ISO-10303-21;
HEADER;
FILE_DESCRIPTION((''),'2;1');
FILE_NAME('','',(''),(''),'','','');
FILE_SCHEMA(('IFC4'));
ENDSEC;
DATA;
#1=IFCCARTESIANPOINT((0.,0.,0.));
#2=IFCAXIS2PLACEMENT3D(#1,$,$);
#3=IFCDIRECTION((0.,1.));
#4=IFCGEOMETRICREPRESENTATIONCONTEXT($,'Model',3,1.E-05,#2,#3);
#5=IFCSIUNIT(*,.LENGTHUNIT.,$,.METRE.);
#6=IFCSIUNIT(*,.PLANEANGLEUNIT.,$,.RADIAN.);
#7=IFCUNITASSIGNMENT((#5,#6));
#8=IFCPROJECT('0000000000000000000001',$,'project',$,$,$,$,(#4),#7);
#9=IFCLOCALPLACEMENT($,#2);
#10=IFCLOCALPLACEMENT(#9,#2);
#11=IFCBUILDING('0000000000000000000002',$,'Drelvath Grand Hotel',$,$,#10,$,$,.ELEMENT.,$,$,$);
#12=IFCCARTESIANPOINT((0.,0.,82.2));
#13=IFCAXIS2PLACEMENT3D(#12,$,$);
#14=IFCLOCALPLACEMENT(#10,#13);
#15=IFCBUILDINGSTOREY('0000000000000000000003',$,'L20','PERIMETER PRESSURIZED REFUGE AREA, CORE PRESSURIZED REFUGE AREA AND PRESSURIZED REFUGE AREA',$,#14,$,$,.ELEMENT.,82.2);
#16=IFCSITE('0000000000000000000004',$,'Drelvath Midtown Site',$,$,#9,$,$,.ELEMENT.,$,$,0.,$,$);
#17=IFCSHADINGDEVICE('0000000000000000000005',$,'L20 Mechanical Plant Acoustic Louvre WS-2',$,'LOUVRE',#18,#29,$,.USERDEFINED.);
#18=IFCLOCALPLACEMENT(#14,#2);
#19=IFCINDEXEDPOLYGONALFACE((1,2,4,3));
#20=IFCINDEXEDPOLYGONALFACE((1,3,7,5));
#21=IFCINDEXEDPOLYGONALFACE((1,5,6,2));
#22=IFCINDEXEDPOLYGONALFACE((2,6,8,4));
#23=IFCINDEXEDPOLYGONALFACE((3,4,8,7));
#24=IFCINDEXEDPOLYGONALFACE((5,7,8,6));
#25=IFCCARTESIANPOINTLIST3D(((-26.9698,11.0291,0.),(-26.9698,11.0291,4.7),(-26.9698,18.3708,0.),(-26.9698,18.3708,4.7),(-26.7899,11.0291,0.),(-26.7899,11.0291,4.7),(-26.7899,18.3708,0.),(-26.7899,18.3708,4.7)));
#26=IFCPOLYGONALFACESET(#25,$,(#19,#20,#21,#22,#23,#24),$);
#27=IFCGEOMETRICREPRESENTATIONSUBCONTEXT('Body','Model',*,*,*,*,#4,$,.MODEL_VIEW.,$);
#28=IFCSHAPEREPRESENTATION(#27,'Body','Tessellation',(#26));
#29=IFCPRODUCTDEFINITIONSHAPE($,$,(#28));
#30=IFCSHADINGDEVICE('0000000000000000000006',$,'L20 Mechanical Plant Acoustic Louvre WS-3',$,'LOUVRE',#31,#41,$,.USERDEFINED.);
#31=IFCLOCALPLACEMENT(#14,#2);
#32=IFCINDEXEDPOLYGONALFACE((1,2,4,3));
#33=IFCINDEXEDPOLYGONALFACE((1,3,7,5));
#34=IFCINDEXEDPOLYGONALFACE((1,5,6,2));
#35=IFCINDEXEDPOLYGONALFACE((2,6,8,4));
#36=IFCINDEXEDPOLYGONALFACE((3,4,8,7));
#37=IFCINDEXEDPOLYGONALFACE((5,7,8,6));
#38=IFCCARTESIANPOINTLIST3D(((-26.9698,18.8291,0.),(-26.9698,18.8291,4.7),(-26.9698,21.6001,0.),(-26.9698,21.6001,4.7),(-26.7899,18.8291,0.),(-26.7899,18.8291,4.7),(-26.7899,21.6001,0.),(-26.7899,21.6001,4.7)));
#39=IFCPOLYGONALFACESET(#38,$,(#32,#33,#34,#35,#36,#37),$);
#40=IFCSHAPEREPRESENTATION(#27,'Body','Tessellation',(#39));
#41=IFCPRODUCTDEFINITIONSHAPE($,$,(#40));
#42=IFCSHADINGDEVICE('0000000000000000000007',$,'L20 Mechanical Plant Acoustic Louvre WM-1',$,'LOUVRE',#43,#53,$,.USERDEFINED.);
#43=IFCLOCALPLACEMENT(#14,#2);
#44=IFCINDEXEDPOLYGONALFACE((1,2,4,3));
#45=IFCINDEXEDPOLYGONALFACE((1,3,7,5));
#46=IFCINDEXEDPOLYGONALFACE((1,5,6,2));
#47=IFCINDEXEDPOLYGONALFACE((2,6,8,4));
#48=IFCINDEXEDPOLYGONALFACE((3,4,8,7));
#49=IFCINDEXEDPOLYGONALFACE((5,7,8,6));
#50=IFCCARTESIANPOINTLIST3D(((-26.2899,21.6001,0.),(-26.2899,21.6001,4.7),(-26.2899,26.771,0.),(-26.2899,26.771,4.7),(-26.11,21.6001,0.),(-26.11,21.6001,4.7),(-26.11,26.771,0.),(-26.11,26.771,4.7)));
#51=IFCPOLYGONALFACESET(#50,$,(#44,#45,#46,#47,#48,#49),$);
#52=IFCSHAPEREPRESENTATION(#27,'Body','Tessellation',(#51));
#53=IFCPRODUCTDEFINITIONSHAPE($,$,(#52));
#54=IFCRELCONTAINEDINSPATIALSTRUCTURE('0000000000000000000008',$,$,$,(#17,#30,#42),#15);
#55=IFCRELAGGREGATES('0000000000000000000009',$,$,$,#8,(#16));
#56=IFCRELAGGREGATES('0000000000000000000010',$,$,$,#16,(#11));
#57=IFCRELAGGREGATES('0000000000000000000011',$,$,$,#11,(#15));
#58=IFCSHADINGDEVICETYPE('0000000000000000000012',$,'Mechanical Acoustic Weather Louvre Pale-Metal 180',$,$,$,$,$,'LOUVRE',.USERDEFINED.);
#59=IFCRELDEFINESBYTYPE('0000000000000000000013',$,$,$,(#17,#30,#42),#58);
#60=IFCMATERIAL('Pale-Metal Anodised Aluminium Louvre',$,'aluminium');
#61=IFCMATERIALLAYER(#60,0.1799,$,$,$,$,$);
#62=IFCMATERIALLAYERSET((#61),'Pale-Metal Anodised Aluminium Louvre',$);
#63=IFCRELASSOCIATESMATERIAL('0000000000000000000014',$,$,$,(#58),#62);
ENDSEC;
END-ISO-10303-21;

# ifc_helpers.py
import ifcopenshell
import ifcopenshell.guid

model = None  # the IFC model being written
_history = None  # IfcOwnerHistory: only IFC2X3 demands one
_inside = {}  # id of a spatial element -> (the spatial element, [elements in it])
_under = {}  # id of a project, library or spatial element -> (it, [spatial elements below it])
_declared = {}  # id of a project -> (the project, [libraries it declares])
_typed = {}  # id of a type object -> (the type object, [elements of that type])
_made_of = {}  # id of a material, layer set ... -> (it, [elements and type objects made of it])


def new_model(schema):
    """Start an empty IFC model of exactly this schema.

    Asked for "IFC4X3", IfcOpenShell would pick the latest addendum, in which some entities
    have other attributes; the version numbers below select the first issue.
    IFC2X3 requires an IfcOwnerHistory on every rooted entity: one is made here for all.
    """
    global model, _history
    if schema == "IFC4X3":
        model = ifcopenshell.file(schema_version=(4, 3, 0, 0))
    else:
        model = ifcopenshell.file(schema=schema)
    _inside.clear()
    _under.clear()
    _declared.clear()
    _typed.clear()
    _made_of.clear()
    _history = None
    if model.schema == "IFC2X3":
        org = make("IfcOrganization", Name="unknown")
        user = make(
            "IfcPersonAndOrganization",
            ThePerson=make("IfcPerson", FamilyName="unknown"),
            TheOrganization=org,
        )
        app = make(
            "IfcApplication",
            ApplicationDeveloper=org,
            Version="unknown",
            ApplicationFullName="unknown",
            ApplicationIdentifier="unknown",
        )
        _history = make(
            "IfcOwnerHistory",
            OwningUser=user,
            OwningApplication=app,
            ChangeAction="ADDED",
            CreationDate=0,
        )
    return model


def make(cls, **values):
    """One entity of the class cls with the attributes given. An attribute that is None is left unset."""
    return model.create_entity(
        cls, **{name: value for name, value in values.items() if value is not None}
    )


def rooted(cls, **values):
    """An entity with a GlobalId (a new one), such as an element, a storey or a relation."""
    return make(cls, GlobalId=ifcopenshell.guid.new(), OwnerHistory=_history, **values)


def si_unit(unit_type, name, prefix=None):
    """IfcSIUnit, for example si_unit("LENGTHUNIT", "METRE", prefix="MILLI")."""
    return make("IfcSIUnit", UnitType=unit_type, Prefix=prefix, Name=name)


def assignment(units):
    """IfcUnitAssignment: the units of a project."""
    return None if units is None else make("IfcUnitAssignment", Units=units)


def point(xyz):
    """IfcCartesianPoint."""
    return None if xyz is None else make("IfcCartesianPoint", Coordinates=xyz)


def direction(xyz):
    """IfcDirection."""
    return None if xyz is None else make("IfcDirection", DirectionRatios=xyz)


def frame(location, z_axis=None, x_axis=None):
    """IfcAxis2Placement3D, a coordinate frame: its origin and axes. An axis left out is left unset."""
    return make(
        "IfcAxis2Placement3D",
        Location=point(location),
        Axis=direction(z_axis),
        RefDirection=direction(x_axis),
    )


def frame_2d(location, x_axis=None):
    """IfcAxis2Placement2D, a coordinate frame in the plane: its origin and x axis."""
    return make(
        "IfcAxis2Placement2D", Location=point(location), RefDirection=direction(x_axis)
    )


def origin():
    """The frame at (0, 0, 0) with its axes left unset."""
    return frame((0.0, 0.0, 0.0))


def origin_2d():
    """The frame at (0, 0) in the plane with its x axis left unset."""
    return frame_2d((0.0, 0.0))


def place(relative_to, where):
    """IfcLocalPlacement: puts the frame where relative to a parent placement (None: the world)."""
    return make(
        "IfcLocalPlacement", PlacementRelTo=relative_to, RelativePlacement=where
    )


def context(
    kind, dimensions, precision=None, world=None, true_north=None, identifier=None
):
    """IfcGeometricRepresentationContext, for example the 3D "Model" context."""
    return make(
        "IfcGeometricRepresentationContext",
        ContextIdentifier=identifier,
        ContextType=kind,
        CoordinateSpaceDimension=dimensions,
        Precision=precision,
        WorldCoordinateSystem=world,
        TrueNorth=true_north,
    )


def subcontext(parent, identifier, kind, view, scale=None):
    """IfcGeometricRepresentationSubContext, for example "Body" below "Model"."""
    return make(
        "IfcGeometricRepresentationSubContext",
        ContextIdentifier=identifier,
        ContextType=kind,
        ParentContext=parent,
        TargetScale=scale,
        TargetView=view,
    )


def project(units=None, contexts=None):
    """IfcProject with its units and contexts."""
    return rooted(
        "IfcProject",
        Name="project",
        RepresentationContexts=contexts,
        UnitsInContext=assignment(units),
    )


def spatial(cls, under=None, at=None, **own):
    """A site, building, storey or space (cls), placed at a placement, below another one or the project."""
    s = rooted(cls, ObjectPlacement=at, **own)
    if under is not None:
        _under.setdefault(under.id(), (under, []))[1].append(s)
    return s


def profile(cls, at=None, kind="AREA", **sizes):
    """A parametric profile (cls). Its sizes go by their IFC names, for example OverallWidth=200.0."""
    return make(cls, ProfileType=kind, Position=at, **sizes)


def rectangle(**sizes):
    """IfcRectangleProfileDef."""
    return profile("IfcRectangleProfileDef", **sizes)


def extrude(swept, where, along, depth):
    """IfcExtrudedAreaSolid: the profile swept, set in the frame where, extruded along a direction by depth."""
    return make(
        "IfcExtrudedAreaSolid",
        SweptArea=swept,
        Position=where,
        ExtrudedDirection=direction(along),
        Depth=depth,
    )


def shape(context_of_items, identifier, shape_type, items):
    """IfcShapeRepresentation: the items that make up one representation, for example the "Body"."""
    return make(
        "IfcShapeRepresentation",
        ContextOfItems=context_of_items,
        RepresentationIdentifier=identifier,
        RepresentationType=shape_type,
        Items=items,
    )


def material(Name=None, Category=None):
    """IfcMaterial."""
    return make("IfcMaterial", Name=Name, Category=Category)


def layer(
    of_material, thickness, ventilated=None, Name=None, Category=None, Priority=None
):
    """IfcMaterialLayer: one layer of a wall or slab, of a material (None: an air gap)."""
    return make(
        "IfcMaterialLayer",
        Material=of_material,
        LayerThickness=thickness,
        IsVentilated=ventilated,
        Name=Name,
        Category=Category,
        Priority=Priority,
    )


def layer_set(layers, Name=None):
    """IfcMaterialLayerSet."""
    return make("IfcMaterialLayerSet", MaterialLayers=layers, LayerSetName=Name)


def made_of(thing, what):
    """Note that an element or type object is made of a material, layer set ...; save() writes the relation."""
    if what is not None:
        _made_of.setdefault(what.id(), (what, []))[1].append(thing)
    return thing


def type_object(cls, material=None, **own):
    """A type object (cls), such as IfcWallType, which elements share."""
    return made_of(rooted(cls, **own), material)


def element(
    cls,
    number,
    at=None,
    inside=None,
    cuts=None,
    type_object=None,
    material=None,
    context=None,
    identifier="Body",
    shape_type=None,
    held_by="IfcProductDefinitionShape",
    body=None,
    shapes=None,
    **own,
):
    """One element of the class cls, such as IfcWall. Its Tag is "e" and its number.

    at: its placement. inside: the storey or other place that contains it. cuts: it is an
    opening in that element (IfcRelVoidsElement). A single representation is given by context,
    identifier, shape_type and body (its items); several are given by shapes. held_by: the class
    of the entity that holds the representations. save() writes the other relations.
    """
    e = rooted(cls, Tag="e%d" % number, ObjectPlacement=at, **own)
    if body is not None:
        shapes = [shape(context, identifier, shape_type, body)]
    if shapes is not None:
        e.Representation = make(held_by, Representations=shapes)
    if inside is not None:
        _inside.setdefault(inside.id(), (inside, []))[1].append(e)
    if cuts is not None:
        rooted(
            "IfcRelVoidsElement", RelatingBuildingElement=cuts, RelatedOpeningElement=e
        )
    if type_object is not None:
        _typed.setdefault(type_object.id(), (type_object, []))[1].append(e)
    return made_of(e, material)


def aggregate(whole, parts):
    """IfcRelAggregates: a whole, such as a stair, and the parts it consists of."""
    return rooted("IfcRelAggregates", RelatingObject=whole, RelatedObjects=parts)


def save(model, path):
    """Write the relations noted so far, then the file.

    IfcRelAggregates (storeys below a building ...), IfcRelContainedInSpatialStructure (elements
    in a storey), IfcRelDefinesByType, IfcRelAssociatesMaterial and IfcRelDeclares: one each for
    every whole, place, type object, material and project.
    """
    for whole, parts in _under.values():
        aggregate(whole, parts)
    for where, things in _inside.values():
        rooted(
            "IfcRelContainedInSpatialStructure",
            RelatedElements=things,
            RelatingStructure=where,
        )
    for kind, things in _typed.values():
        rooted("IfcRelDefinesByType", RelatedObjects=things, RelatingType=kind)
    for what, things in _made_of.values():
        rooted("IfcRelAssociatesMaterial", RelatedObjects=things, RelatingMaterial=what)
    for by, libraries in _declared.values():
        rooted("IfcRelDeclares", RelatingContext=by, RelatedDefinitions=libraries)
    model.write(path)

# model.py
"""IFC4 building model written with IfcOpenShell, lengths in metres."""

from ifc_helpers import new_model, si_unit, direction, frame, origin, origin_2d, place, context, subcontext, project, spatial, rectangle, extrude, material, layer, layer_set, type_object, element, save


model = new_model("IFC4")

# Units and contexts
model_context = context("Model", 3, precision=1e-05, world=origin(), true_north=direction((0.0, 1.0)))
body_context = subcontext(model_context, "Body", "Model", "MODEL_VIEW")
ifc_project = project(units=[si_unit("LENGTHUNIT", "METRE"), si_unit("PLANEANGLEUNIT", "RADIAN")], contexts=[model_context])

# Site, building, storey
site_placement = place(None, origin())
site = spatial("IfcSite", under=ifc_project, at=site_placement, Name="Drelvath Midtown Site", CompositionType="ELEMENT", RefElevation=0.0)
building_placement = place(site_placement, origin())
building = spatial("IfcBuilding", under=site, at=building_placement, Name="Drelvath Grand Hotel", CompositionType="ELEMENT")
storey_placement = place(building_placement, frame((0.0, 0.0, 82.2)))
storey = spatial("IfcBuildingStorey", under=building, at=storey_placement, Name="L20", Description="PERIMETER PRESSURIZED REFUGE AREA, CORE PRESSURIZED REFUGE AREA AND PRESSURIZED REFUGE AREA", CompositionType="ELEMENT", Elevation=82.2)

# Shading devices
ifc_material_1 = material(Name="Pale-Metal Anodised Aluminium Louvre", Category="aluminium")
ifc_layer_1 = layer(ifc_material_1, 0.1799)
ifc_layer_set_1 = layer_set([ifc_layer_1], Name="Pale-Metal Anodised Aluminium Louvre")
shading_device_type = type_object("IfcShadingDeviceType", Name="Mechanical Acoustic Weather Louvre Pale-Metal 180", ElementType="LOUVRE", PredefinedType="USERDEFINED", material=ifc_layer_set_1)
shading_device_1_placement = place(storey_placement, frame((-26.8799, 14.7, 0.0), z_axis=(0.0, 0.0, 1.0), x_axis=(0.0, 1.0, 0.0)))
element("IfcShadingDevice", 1, at=shading_device_1_placement, inside=storey, type_object=shading_device_type, Name="L20 Mechanical Plant Acoustic Louvre WS-2", ObjectType="LOUVRE", PredefinedType="USERDEFINED", context=body_context, shape_type="SweptSolid", body=[
    extrude(rectangle(XDim=7.3418, YDim=0.1799, at=origin_2d()), origin(), (0.0, 0.0, 1.0), 4.7),
])
shading_device_2_placement = place(storey_placement, frame((-26.8799, 20.2146, 0.0), z_axis=(0.0, 0.0, 1.0), x_axis=(0.0, 1.0, 0.0)))
element("IfcShadingDevice", 2, at=shading_device_2_placement, inside=storey, type_object=shading_device_type, Name="L20 Mechanical Plant Acoustic Louvre WS-3", ObjectType="LOUVRE", PredefinedType="USERDEFINED", context=body_context, shape_type="SweptSolid", body=[
    extrude(rectangle(XDim=2.771, YDim=0.1799, at=origin_2d()), origin(), (0.0, 0.0, 1.0), 4.7),
])
shading_device_3_placement = place(storey_placement, frame((-26.2, 24.1855, 0.0), z_axis=(0.0, 0.0, 1.0), x_axis=(0.0, 1.0, 0.0)))
element("IfcShadingDevice", 3, at=shading_device_3_placement, inside=storey, type_object=shading_device_type, Name="L20 Mechanical Plant Acoustic Louvre WM-1", ObjectType="LOUVRE", PredefinedType="USERDEFINED", context=body_context, shape_type="SweptSolid", body=[
    extrude(rectangle(XDim=5.1709, YDim=0.1799, at=origin_2d()), origin(), (0.0, 0.0, 1.0), 4.7),
])

save(model, "model.ifc")
